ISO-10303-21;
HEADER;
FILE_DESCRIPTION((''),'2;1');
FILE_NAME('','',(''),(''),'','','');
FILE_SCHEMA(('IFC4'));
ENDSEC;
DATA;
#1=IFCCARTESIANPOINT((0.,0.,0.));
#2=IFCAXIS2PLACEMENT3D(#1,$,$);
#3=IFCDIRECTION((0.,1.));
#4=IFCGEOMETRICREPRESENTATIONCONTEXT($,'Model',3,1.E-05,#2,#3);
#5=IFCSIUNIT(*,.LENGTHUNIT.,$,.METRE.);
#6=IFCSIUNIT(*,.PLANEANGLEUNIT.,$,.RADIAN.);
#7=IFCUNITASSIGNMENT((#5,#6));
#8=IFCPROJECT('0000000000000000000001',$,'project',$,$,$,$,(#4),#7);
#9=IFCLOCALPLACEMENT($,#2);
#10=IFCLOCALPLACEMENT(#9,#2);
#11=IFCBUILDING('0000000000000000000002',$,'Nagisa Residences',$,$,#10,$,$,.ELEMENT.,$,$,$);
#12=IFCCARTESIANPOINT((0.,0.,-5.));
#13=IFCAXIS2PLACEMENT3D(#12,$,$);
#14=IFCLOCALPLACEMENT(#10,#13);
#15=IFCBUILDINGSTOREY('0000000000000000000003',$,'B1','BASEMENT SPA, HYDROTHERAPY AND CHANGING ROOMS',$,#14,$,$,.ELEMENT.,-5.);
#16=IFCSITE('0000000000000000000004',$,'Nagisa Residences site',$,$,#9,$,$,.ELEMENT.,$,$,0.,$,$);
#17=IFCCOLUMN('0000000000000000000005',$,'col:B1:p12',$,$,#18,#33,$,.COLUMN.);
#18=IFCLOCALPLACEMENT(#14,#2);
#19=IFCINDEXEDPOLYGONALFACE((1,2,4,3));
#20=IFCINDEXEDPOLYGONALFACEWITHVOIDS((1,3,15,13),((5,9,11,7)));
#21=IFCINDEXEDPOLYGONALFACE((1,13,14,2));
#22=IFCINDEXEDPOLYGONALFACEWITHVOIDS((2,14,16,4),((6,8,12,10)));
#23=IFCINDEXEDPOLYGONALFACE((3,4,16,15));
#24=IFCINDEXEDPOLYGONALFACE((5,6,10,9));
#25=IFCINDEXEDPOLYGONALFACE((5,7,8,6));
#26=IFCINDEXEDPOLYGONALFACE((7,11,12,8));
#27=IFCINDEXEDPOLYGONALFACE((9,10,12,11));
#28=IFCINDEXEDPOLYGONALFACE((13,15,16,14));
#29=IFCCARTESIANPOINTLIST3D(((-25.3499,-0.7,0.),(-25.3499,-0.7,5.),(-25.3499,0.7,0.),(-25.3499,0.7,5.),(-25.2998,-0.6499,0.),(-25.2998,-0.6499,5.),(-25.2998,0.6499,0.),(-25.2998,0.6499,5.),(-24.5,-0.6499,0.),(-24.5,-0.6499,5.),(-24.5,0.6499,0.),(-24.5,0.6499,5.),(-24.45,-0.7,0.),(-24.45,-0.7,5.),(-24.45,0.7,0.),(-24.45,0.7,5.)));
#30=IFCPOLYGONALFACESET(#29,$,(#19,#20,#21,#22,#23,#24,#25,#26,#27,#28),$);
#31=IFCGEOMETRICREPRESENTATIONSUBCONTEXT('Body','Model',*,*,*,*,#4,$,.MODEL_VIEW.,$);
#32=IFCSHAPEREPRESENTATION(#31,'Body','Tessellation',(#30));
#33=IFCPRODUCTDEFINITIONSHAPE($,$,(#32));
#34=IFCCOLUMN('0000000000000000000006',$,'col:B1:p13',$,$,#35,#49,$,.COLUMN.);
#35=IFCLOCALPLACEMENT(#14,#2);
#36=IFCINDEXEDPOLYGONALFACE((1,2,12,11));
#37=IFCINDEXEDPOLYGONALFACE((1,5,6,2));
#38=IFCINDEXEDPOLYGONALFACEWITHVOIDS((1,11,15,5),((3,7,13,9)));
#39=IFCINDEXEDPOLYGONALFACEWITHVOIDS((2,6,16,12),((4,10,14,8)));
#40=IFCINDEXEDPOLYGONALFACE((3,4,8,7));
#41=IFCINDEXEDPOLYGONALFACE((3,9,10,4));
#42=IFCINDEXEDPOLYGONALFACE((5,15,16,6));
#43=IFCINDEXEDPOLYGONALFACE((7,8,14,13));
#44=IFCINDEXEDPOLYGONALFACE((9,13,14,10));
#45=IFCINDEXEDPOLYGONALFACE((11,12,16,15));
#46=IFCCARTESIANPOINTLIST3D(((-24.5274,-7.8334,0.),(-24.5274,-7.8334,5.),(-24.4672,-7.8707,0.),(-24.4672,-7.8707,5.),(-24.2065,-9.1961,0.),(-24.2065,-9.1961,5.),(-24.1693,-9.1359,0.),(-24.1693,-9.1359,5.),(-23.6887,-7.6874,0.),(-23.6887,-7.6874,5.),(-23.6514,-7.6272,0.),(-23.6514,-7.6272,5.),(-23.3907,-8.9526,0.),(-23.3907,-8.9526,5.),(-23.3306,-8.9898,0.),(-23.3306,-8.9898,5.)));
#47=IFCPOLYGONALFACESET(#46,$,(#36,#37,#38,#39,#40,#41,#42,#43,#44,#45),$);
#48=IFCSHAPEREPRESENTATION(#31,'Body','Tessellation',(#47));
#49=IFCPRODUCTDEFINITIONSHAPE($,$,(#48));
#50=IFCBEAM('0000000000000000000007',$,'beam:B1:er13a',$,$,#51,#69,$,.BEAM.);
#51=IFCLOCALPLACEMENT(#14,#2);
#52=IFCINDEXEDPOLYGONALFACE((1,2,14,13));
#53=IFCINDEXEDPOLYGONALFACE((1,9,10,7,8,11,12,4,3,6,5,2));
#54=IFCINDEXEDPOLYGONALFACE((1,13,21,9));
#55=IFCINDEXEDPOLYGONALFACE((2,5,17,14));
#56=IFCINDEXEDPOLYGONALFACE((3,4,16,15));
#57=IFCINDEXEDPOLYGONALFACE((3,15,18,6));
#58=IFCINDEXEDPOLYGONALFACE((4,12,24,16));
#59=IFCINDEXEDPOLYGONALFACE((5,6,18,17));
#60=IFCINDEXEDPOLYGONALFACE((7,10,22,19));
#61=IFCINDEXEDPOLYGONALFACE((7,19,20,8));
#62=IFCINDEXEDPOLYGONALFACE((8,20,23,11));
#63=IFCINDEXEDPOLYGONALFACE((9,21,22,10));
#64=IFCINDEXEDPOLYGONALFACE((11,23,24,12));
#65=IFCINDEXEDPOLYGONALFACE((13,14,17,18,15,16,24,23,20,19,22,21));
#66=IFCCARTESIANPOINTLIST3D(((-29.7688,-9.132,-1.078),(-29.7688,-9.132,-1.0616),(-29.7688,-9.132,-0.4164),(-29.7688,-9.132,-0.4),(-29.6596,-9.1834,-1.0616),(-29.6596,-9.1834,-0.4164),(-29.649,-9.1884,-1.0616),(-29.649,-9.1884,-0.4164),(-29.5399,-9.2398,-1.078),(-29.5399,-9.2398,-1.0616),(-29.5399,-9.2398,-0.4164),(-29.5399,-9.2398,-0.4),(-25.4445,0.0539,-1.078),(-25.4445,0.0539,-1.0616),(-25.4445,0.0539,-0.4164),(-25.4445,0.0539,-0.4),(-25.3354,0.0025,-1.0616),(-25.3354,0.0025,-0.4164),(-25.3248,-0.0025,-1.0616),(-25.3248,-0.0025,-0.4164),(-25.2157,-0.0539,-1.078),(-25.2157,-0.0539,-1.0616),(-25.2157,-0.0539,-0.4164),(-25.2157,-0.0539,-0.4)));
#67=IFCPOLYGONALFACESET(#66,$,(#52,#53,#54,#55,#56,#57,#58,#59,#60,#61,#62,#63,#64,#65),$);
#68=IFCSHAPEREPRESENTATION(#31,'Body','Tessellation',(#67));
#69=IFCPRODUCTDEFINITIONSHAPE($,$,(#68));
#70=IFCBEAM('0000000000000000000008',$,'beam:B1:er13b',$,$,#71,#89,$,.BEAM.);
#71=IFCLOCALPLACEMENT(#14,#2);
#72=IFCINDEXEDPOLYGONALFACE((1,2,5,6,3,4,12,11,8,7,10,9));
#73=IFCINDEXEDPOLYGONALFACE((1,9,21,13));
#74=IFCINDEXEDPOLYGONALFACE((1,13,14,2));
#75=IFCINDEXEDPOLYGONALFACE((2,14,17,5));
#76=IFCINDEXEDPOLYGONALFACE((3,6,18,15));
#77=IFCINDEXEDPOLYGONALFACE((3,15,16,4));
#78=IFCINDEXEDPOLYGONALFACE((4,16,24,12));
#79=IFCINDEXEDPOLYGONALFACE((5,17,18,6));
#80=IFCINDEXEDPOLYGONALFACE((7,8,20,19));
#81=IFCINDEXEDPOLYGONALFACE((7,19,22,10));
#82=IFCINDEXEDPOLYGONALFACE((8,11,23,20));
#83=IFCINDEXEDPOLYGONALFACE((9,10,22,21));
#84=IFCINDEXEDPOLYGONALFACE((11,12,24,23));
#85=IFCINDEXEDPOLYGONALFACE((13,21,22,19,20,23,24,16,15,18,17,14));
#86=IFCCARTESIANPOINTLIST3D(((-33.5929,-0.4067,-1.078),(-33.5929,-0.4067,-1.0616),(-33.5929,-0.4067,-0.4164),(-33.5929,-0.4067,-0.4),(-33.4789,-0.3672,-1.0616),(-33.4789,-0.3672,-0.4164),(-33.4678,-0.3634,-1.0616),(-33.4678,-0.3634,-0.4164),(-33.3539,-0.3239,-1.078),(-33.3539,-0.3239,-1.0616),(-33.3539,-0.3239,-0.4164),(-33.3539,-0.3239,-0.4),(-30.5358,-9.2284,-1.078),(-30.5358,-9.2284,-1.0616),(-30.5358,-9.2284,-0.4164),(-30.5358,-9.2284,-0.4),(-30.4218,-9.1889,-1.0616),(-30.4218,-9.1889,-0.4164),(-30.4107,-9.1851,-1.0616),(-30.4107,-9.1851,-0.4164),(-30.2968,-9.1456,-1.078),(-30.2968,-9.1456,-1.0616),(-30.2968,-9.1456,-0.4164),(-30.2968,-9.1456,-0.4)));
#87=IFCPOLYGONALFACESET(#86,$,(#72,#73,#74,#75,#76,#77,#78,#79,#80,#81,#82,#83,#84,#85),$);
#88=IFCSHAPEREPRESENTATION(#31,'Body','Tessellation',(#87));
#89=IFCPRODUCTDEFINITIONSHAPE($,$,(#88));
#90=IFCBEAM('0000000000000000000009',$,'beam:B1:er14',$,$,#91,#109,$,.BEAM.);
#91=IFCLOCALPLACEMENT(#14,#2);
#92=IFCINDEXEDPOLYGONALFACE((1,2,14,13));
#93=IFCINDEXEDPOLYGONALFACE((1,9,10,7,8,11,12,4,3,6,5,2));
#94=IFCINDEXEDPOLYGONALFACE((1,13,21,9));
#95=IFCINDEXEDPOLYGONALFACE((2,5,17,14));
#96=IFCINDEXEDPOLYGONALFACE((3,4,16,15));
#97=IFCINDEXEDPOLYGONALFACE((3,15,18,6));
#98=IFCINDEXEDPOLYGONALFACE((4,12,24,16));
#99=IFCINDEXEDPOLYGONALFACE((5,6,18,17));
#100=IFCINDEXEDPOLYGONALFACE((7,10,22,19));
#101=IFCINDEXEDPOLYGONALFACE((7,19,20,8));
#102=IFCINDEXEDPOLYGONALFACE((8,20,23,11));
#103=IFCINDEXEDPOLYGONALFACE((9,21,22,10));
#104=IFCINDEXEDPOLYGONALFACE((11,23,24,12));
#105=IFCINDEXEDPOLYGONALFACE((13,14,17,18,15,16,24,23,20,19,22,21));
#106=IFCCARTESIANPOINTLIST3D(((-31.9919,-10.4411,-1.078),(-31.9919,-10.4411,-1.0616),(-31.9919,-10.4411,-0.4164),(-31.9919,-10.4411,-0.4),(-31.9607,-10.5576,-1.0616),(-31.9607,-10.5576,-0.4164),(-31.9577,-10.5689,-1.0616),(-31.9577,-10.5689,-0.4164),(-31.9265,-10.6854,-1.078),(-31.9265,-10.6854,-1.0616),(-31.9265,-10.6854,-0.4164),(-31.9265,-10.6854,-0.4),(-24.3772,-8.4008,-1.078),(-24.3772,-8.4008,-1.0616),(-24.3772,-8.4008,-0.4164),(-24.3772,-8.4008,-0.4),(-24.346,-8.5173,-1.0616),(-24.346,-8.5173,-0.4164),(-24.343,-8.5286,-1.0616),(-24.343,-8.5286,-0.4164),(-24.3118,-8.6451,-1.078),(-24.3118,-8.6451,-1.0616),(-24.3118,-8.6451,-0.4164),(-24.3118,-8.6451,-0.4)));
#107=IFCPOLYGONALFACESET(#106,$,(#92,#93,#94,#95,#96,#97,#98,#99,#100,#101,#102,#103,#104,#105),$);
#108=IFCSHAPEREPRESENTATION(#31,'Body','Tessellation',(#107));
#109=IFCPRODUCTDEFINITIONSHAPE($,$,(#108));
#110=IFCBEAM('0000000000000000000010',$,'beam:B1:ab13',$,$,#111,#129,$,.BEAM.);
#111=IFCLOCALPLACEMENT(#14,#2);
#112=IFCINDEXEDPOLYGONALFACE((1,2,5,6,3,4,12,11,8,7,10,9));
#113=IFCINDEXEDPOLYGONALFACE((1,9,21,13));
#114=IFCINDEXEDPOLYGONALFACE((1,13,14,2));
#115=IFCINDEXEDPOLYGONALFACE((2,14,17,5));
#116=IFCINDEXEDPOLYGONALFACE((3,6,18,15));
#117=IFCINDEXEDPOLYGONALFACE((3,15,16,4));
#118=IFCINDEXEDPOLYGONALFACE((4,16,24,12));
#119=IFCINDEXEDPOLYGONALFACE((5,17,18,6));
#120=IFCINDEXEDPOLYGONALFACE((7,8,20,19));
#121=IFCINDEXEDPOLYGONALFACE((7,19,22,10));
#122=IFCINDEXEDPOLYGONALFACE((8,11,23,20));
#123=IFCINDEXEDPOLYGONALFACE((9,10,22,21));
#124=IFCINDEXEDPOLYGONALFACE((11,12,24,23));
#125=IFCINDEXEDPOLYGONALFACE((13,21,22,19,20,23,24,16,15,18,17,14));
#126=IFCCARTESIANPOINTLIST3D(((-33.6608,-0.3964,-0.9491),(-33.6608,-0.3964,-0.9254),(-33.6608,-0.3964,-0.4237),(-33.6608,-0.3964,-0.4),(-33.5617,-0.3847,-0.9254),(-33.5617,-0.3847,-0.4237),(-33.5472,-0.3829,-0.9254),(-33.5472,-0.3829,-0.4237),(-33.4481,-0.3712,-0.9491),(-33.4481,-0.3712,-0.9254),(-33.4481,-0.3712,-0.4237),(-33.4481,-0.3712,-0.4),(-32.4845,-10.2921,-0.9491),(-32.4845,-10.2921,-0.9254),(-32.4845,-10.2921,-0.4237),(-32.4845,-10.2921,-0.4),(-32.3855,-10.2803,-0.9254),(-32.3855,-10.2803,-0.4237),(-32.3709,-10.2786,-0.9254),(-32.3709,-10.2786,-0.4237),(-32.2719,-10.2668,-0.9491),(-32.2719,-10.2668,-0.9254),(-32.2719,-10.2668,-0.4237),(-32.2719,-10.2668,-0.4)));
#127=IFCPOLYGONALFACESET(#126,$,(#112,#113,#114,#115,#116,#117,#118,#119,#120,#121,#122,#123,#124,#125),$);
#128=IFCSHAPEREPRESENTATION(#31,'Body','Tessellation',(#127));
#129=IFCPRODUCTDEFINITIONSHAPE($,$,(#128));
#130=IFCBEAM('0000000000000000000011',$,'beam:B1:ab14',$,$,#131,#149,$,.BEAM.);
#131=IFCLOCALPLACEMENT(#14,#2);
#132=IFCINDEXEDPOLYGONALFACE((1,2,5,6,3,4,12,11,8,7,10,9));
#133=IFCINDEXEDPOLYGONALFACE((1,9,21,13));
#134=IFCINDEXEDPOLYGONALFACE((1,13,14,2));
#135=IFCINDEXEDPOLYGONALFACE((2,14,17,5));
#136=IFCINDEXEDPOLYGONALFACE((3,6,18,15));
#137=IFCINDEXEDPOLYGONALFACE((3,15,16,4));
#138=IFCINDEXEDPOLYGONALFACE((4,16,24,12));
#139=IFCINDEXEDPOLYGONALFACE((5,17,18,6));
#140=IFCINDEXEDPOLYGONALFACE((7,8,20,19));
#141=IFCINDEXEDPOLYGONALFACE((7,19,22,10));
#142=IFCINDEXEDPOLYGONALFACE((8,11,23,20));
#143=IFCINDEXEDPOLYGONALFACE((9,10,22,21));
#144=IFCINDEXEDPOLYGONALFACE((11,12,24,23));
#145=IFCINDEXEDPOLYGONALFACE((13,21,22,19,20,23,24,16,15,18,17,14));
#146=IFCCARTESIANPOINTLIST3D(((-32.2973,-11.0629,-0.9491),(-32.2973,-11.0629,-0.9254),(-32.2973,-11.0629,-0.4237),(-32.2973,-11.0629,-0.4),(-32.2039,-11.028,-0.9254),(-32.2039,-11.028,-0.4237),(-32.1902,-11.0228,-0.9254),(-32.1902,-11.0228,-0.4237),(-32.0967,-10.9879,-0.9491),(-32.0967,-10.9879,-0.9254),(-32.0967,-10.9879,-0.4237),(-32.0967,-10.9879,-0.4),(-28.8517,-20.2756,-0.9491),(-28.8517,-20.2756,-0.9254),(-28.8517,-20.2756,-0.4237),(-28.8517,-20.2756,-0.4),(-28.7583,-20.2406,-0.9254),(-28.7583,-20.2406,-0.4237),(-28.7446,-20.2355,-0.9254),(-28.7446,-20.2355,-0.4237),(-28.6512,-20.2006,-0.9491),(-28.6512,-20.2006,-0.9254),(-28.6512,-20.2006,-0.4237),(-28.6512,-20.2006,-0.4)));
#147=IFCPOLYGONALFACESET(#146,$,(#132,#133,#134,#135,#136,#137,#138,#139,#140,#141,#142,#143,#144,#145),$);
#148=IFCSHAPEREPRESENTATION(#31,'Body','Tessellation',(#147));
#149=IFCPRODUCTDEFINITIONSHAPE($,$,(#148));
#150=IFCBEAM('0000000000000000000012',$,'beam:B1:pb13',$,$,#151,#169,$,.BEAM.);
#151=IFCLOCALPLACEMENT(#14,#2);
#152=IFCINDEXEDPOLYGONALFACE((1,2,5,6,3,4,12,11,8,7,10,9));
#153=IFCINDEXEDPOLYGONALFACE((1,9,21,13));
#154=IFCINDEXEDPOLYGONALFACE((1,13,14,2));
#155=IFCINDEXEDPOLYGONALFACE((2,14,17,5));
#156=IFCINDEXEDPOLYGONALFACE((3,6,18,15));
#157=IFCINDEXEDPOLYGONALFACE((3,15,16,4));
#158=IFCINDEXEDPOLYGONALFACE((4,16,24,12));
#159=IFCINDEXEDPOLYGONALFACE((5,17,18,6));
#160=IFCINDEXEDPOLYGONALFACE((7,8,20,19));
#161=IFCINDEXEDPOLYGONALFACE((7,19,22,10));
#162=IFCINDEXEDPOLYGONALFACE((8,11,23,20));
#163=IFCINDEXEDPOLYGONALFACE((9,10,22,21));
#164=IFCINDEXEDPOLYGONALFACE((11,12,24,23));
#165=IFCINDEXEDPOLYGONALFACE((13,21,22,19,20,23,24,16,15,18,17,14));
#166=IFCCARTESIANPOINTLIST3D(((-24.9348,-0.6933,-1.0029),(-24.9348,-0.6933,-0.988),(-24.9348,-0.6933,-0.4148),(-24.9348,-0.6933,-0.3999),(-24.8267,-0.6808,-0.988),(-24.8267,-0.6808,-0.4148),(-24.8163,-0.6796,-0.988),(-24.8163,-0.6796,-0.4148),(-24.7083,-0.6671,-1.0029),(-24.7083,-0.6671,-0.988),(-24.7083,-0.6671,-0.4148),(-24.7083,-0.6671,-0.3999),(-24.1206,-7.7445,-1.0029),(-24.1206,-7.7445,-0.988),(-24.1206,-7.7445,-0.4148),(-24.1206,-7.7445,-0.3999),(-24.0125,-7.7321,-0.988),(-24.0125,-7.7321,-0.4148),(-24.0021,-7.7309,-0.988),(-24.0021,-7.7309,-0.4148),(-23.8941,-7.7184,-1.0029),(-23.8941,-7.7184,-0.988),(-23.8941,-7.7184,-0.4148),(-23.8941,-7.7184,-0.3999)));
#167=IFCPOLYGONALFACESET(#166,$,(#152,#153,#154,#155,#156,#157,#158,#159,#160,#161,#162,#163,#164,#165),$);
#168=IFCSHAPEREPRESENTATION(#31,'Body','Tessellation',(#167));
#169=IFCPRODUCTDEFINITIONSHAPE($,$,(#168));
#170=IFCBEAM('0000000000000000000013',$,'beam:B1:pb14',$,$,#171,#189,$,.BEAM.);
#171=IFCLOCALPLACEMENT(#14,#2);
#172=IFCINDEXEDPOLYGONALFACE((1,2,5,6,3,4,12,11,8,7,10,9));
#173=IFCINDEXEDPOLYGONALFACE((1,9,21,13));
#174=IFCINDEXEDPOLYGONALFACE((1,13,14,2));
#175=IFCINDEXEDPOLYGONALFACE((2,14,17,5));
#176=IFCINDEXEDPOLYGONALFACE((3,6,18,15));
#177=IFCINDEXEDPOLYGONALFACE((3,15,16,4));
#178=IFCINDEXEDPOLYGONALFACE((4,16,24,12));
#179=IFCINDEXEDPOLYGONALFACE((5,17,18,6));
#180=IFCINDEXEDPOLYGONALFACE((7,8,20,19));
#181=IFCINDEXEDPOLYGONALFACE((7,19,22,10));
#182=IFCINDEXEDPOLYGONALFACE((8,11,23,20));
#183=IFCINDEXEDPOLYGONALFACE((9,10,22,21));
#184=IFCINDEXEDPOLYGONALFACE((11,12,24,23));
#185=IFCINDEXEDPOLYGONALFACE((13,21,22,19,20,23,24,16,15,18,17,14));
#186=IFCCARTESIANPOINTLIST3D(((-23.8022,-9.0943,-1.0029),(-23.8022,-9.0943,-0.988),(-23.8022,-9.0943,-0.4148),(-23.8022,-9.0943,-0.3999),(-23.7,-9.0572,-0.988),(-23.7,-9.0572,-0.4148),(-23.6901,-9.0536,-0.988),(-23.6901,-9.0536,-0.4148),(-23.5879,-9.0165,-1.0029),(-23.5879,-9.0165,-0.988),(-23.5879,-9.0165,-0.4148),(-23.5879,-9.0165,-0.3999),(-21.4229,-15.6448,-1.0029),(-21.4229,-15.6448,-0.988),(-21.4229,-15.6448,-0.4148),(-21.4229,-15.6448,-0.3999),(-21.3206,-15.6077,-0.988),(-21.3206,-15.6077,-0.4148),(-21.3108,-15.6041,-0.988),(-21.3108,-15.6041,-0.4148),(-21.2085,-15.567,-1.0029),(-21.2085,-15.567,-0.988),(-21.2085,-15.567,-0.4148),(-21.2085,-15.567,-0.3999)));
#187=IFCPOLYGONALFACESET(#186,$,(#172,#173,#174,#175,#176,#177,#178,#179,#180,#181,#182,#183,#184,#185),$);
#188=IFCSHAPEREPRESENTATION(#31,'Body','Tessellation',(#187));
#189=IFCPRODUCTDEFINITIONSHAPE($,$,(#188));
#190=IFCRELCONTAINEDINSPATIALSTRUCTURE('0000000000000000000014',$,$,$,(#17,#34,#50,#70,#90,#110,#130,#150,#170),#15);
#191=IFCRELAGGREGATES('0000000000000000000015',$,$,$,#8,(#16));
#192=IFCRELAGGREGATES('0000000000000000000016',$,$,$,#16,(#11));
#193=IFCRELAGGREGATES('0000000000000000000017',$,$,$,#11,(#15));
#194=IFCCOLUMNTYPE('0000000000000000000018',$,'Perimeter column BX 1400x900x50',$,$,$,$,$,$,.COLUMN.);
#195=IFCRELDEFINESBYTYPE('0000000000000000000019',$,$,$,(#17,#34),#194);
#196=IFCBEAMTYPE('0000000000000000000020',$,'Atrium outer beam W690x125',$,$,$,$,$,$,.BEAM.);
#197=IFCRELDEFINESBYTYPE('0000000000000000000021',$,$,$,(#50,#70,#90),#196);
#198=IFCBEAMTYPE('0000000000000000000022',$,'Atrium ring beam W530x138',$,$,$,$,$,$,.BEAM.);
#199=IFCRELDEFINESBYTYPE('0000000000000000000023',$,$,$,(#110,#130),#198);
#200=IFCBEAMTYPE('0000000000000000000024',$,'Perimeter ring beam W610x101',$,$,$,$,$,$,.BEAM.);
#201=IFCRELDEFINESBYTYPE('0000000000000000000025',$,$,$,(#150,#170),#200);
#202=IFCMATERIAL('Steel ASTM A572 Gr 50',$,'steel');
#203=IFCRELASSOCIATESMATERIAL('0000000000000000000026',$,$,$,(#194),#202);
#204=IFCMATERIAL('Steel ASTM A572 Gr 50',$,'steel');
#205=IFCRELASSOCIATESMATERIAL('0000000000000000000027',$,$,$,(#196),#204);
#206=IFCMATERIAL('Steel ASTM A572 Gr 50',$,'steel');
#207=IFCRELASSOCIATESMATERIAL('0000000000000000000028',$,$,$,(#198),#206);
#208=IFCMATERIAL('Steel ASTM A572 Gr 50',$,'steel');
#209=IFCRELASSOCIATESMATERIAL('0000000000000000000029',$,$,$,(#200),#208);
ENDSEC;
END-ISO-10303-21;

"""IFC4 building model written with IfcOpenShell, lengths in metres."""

from ifc_helpers import new_model, si_unit, direction, frame, origin, origin_2d, place, context, subcontext, project, spatial, hollow_rectangle, i_section, extrude, material, material_profile, profile_set, type_object, element, save


model = new_model("IFC4")

# Units and contexts
model_context = context("Model", 3, precision=1e-05, world=origin(), true_north=direction((0.0, 1.0)))
body_context = subcontext(model_context, "Body", "Model", "MODEL_VIEW")
ifc_project = project(units=[si_unit("LENGTHUNIT", "METRE"), si_unit("PLANEANGLEUNIT", "RADIAN")], contexts=[model_context])

# Site, building, storey
site_placement = place(None, origin())
site = spatial("IfcSite", under=ifc_project, at=site_placement, Name="Nagisa Residences site", CompositionType="ELEMENT", RefElevation=0.0)
building_placement = place(site_placement, origin())
building = spatial("IfcBuilding", under=site, at=building_placement, Name="Nagisa Residences", CompositionType="ELEMENT")
storey_placement = place(building_placement, frame((0.0, 0.0, -5.0)))
storey = spatial("IfcBuildingStorey", under=building, at=storey_placement, Name="B1", Description="BASEMENT SPA, HYDROTHERAPY AND CHANGING ROOMS", CompositionType="ELEMENT", Elevation=-5.0)

# Columns
ifc_material_1 = material(Name="Steel ASTM A572 Gr 50", Category="steel")
ifc_material_profile_1 = material_profile(ifc_material_1, hollow_rectangle(XDim=1.3999, YDim=0.8999, WallThickness=0.05, at=origin_2d()), Name="BX 1400x900x50")
ifc_profile_set_1 = profile_set([ifc_material_profile_1], Name="Steel ASTM A572 Gr 50")
column_type_1 = type_object("IfcColumnType", Name="Perimeter column BX 1400x900x50", PredefinedType="COLUMN", material=ifc_profile_set_1)
for number, where, z_axis, x_axis, name in (
    (1, (-24.8999, 0.0, 0.0), (0.0, 0.0, 1.0), (0.0, -1.0, 0.0), "col:B1:p12"),
    (2, (-23.929, -8.4116, 0.0), (0.0, 0.0, 1.0), (0.229202, -0.973379, 0.0), "col:B1:p13"),
):
    element("IfcColumn", number, at=place(storey_placement, frame(where, z_axis=z_axis, x_axis=x_axis)), inside=storey, type_object=column_type_1, Name=name, PredefinedType="COLUMN", context=body_context, shape_type="SweptSolid", body=[
        extrude(hollow_rectangle(XDim=1.3999, YDim=0.8999, WallThickness=0.05, at=origin_2d()), origin(), (0.0, 0.0, 1.0), 5.0),
    ])

# Beams
ifc_material_2 = material(Name="Steel ASTM A572 Gr 50", Category="steel")
ifc_material_profile_2 = material_profile(ifc_material_2, i_section(OverallWidth=0.2529, OverallDepth=0.678, WebThickness=0.0117, FlangeThickness=0.0164, at=origin_2d()), Name="W690x125")
ifc_profile_set_2 = profile_set([ifc_material_profile_2], Name="Steel ASTM A572 Gr 50")
beam_type_1 = type_object("IfcBeamType", Name="Atrium outer beam W690x125", PredefinedType="BEAM", material=ifc_profile_set_2)
beam_1_placement = place(storey_placement, frame((-25.3301, 0.0, -0.739), z_axis=(-0.425917, -0.904762, 0.0), x_axis=(0.904762, -0.425917, 0.0)))
element("IfcBeam", 3, at=beam_1_placement, inside=storey, type_object=beam_type_1, Name="beam:B1:er13a", PredefinedType="BEAM", context=body_context, shape_type="SweptSolid", body=[
    extrude(i_section(OverallWidth=0.2529, OverallDepth=0.678, WebThickness=0.0117, FlangeThickness=0.0164, at=origin_2d()), origin(), (0.0, 0.0, 1.0), 10.1528),
])
beam_2_placement = place(storey_placement, frame((-30.4163, -9.187, -0.739), z_axis=(-0.327439, 0.944872, 0.0), x_axis=(-0.944872, -0.327439, 0.0)))
element("IfcBeam", 4, at=beam_2_placement, inside=storey, type_object=beam_type_1, Name="beam:B1:er13b", PredefinedType="BEAM", context=body_context, shape_type="SweptSolid", body=[
    extrude(i_section(OverallWidth=0.2529, OverallDepth=0.678, WebThickness=0.0117, FlangeThickness=0.0164, at=origin_2d()), origin(), (0.0, 0.0, 1.0), 9.3364),
])
beam_3_placement = place(storey_placement, frame((-24.3445, -8.5229, -0.739), z_axis=(-0.965928, -0.258809, 0.0), x_axis=(0.258809, -0.965928, 0.0)))
element("IfcBeam", 5, at=beam_3_placement, inside=storey, type_object=beam_type_1, Name="beam:B1:er14", PredefinedType="BEAM", context=body_context, shape_type="SweptSolid", body=[
    extrude(i_section(OverallWidth=0.2529, OverallDepth=0.678, WebThickness=0.0117, FlangeThickness=0.0164, at=origin_2d()), origin(), (0.0, 0.0, 1.0), 7.8833),
])
ifc_material_3 = material(Name="Steel ASTM A572 Gr 50", Category="steel")
ifc_material_profile_3 = material_profile(ifc_material_3, i_section(OverallWidth=0.2141, OverallDepth=0.5491, WebThickness=0.0146, FlangeThickness=0.0237, at=origin_2d()), Name="W530x138")
ifc_profile_set_3 = profile_set([ifc_material_profile_3], Name="Steel ASTM A572 Gr 50")
beam_type_2 = type_object("IfcBeamType", Name="Atrium ring beam W530x138", PredefinedType="BEAM", material=ifc_profile_set_3)
beam_4_placement = place(storey_placement, frame((-33.5544, -0.3838, -0.6746), z_axis=(0.118035, -0.993009, 0.0), x_axis=(0.993009, 0.118035, 0.0)))
element("IfcBeam", 6, at=beam_4_placement, inside=storey, type_object=beam_type_2, Name="beam:B1:ab13", PredefinedType="BEAM", context=body_context, shape_type="SweptSolid", body=[
    extrude(i_section(OverallWidth=0.2141, OverallDepth=0.5491, WebThickness=0.0146, FlangeThickness=0.0237, at=origin_2d()), origin(), (0.0, 0.0, 1.0), 9.9653),
])
beam_5_placement = place(storey_placement, frame((-32.197, -11.0254, -0.6746), z_axis=(0.350305, -0.936636, 0.0), x_axis=(0.936636, 0.350305, 0.0)))
element("IfcBeam", 7, at=beam_5_placement, inside=storey, type_object=beam_type_2, Name="beam:B1:ab14", PredefinedType="BEAM", context=body_context, shape_type="SweptSolid", body=[
    extrude(i_section(OverallWidth=0.2141, OverallDepth=0.5491, WebThickness=0.0146, FlangeThickness=0.0237, at=origin_2d()), origin(), (0.0, 0.0, 1.0), 9.8359),
])
ifc_material_4 = material(Name="Steel ASTM A572 Gr 50", Category="steel")
ifc_material_profile_4 = material_profile(ifc_material_4, i_section(OverallWidth=0.228, OverallDepth=0.603, WebThickness=0.0105, FlangeThickness=0.0149, at=origin_2d()), Name="W610x101")
ifc_profile_set_4 = profile_set([ifc_material_profile_4], Name="Steel ASTM A572 Gr 50")
beam_type_3 = type_object("IfcBeamType", Name="Perimeter ring beam W610x101", PredefinedType="BEAM", material=ifc_profile_set_4)
beam_6_placement = place(storey_placement, frame((-24.8215, -0.6802, -0.7014), z_axis=(0.114708, -0.993399, 0.0), x_axis=(0.993399, 0.114708, 0.0)))
element("IfcBeam", 8, at=beam_6_placement, inside=storey, type_object=beam_type_3, Name="beam:B1:pb13", PredefinedType="BEAM", context=body_context, shape_type="SweptSolid", body=[
    extrude(i_section(OverallWidth=0.228, OverallDepth=0.603, WebThickness=0.0105, FlangeThickness=0.0149, at=origin_2d()), origin(), (0.0, 0.0, 1.0), 7.0981),
])
beam_7_placement = place(storey_placement, frame((-23.6951, -9.0554, -0.7014), z_axis=(0.341411, -0.939914, 0.0), x_axis=(0.939914, 0.341411, 0.0)))
element("IfcBeam", 9, at=beam_7_placement, inside=storey, type_object=beam_type_3, Name="beam:B1:pb14", PredefinedType="BEAM", context=body_context, shape_type="SweptSolid", body=[
    extrude(i_section(OverallWidth=0.228, OverallDepth=0.603, WebThickness=0.0105, FlangeThickness=0.0149, at=origin_2d()), origin(), (0.0, 0.0, 1.0), 6.9692),
])

save(model, "model.ifc")
